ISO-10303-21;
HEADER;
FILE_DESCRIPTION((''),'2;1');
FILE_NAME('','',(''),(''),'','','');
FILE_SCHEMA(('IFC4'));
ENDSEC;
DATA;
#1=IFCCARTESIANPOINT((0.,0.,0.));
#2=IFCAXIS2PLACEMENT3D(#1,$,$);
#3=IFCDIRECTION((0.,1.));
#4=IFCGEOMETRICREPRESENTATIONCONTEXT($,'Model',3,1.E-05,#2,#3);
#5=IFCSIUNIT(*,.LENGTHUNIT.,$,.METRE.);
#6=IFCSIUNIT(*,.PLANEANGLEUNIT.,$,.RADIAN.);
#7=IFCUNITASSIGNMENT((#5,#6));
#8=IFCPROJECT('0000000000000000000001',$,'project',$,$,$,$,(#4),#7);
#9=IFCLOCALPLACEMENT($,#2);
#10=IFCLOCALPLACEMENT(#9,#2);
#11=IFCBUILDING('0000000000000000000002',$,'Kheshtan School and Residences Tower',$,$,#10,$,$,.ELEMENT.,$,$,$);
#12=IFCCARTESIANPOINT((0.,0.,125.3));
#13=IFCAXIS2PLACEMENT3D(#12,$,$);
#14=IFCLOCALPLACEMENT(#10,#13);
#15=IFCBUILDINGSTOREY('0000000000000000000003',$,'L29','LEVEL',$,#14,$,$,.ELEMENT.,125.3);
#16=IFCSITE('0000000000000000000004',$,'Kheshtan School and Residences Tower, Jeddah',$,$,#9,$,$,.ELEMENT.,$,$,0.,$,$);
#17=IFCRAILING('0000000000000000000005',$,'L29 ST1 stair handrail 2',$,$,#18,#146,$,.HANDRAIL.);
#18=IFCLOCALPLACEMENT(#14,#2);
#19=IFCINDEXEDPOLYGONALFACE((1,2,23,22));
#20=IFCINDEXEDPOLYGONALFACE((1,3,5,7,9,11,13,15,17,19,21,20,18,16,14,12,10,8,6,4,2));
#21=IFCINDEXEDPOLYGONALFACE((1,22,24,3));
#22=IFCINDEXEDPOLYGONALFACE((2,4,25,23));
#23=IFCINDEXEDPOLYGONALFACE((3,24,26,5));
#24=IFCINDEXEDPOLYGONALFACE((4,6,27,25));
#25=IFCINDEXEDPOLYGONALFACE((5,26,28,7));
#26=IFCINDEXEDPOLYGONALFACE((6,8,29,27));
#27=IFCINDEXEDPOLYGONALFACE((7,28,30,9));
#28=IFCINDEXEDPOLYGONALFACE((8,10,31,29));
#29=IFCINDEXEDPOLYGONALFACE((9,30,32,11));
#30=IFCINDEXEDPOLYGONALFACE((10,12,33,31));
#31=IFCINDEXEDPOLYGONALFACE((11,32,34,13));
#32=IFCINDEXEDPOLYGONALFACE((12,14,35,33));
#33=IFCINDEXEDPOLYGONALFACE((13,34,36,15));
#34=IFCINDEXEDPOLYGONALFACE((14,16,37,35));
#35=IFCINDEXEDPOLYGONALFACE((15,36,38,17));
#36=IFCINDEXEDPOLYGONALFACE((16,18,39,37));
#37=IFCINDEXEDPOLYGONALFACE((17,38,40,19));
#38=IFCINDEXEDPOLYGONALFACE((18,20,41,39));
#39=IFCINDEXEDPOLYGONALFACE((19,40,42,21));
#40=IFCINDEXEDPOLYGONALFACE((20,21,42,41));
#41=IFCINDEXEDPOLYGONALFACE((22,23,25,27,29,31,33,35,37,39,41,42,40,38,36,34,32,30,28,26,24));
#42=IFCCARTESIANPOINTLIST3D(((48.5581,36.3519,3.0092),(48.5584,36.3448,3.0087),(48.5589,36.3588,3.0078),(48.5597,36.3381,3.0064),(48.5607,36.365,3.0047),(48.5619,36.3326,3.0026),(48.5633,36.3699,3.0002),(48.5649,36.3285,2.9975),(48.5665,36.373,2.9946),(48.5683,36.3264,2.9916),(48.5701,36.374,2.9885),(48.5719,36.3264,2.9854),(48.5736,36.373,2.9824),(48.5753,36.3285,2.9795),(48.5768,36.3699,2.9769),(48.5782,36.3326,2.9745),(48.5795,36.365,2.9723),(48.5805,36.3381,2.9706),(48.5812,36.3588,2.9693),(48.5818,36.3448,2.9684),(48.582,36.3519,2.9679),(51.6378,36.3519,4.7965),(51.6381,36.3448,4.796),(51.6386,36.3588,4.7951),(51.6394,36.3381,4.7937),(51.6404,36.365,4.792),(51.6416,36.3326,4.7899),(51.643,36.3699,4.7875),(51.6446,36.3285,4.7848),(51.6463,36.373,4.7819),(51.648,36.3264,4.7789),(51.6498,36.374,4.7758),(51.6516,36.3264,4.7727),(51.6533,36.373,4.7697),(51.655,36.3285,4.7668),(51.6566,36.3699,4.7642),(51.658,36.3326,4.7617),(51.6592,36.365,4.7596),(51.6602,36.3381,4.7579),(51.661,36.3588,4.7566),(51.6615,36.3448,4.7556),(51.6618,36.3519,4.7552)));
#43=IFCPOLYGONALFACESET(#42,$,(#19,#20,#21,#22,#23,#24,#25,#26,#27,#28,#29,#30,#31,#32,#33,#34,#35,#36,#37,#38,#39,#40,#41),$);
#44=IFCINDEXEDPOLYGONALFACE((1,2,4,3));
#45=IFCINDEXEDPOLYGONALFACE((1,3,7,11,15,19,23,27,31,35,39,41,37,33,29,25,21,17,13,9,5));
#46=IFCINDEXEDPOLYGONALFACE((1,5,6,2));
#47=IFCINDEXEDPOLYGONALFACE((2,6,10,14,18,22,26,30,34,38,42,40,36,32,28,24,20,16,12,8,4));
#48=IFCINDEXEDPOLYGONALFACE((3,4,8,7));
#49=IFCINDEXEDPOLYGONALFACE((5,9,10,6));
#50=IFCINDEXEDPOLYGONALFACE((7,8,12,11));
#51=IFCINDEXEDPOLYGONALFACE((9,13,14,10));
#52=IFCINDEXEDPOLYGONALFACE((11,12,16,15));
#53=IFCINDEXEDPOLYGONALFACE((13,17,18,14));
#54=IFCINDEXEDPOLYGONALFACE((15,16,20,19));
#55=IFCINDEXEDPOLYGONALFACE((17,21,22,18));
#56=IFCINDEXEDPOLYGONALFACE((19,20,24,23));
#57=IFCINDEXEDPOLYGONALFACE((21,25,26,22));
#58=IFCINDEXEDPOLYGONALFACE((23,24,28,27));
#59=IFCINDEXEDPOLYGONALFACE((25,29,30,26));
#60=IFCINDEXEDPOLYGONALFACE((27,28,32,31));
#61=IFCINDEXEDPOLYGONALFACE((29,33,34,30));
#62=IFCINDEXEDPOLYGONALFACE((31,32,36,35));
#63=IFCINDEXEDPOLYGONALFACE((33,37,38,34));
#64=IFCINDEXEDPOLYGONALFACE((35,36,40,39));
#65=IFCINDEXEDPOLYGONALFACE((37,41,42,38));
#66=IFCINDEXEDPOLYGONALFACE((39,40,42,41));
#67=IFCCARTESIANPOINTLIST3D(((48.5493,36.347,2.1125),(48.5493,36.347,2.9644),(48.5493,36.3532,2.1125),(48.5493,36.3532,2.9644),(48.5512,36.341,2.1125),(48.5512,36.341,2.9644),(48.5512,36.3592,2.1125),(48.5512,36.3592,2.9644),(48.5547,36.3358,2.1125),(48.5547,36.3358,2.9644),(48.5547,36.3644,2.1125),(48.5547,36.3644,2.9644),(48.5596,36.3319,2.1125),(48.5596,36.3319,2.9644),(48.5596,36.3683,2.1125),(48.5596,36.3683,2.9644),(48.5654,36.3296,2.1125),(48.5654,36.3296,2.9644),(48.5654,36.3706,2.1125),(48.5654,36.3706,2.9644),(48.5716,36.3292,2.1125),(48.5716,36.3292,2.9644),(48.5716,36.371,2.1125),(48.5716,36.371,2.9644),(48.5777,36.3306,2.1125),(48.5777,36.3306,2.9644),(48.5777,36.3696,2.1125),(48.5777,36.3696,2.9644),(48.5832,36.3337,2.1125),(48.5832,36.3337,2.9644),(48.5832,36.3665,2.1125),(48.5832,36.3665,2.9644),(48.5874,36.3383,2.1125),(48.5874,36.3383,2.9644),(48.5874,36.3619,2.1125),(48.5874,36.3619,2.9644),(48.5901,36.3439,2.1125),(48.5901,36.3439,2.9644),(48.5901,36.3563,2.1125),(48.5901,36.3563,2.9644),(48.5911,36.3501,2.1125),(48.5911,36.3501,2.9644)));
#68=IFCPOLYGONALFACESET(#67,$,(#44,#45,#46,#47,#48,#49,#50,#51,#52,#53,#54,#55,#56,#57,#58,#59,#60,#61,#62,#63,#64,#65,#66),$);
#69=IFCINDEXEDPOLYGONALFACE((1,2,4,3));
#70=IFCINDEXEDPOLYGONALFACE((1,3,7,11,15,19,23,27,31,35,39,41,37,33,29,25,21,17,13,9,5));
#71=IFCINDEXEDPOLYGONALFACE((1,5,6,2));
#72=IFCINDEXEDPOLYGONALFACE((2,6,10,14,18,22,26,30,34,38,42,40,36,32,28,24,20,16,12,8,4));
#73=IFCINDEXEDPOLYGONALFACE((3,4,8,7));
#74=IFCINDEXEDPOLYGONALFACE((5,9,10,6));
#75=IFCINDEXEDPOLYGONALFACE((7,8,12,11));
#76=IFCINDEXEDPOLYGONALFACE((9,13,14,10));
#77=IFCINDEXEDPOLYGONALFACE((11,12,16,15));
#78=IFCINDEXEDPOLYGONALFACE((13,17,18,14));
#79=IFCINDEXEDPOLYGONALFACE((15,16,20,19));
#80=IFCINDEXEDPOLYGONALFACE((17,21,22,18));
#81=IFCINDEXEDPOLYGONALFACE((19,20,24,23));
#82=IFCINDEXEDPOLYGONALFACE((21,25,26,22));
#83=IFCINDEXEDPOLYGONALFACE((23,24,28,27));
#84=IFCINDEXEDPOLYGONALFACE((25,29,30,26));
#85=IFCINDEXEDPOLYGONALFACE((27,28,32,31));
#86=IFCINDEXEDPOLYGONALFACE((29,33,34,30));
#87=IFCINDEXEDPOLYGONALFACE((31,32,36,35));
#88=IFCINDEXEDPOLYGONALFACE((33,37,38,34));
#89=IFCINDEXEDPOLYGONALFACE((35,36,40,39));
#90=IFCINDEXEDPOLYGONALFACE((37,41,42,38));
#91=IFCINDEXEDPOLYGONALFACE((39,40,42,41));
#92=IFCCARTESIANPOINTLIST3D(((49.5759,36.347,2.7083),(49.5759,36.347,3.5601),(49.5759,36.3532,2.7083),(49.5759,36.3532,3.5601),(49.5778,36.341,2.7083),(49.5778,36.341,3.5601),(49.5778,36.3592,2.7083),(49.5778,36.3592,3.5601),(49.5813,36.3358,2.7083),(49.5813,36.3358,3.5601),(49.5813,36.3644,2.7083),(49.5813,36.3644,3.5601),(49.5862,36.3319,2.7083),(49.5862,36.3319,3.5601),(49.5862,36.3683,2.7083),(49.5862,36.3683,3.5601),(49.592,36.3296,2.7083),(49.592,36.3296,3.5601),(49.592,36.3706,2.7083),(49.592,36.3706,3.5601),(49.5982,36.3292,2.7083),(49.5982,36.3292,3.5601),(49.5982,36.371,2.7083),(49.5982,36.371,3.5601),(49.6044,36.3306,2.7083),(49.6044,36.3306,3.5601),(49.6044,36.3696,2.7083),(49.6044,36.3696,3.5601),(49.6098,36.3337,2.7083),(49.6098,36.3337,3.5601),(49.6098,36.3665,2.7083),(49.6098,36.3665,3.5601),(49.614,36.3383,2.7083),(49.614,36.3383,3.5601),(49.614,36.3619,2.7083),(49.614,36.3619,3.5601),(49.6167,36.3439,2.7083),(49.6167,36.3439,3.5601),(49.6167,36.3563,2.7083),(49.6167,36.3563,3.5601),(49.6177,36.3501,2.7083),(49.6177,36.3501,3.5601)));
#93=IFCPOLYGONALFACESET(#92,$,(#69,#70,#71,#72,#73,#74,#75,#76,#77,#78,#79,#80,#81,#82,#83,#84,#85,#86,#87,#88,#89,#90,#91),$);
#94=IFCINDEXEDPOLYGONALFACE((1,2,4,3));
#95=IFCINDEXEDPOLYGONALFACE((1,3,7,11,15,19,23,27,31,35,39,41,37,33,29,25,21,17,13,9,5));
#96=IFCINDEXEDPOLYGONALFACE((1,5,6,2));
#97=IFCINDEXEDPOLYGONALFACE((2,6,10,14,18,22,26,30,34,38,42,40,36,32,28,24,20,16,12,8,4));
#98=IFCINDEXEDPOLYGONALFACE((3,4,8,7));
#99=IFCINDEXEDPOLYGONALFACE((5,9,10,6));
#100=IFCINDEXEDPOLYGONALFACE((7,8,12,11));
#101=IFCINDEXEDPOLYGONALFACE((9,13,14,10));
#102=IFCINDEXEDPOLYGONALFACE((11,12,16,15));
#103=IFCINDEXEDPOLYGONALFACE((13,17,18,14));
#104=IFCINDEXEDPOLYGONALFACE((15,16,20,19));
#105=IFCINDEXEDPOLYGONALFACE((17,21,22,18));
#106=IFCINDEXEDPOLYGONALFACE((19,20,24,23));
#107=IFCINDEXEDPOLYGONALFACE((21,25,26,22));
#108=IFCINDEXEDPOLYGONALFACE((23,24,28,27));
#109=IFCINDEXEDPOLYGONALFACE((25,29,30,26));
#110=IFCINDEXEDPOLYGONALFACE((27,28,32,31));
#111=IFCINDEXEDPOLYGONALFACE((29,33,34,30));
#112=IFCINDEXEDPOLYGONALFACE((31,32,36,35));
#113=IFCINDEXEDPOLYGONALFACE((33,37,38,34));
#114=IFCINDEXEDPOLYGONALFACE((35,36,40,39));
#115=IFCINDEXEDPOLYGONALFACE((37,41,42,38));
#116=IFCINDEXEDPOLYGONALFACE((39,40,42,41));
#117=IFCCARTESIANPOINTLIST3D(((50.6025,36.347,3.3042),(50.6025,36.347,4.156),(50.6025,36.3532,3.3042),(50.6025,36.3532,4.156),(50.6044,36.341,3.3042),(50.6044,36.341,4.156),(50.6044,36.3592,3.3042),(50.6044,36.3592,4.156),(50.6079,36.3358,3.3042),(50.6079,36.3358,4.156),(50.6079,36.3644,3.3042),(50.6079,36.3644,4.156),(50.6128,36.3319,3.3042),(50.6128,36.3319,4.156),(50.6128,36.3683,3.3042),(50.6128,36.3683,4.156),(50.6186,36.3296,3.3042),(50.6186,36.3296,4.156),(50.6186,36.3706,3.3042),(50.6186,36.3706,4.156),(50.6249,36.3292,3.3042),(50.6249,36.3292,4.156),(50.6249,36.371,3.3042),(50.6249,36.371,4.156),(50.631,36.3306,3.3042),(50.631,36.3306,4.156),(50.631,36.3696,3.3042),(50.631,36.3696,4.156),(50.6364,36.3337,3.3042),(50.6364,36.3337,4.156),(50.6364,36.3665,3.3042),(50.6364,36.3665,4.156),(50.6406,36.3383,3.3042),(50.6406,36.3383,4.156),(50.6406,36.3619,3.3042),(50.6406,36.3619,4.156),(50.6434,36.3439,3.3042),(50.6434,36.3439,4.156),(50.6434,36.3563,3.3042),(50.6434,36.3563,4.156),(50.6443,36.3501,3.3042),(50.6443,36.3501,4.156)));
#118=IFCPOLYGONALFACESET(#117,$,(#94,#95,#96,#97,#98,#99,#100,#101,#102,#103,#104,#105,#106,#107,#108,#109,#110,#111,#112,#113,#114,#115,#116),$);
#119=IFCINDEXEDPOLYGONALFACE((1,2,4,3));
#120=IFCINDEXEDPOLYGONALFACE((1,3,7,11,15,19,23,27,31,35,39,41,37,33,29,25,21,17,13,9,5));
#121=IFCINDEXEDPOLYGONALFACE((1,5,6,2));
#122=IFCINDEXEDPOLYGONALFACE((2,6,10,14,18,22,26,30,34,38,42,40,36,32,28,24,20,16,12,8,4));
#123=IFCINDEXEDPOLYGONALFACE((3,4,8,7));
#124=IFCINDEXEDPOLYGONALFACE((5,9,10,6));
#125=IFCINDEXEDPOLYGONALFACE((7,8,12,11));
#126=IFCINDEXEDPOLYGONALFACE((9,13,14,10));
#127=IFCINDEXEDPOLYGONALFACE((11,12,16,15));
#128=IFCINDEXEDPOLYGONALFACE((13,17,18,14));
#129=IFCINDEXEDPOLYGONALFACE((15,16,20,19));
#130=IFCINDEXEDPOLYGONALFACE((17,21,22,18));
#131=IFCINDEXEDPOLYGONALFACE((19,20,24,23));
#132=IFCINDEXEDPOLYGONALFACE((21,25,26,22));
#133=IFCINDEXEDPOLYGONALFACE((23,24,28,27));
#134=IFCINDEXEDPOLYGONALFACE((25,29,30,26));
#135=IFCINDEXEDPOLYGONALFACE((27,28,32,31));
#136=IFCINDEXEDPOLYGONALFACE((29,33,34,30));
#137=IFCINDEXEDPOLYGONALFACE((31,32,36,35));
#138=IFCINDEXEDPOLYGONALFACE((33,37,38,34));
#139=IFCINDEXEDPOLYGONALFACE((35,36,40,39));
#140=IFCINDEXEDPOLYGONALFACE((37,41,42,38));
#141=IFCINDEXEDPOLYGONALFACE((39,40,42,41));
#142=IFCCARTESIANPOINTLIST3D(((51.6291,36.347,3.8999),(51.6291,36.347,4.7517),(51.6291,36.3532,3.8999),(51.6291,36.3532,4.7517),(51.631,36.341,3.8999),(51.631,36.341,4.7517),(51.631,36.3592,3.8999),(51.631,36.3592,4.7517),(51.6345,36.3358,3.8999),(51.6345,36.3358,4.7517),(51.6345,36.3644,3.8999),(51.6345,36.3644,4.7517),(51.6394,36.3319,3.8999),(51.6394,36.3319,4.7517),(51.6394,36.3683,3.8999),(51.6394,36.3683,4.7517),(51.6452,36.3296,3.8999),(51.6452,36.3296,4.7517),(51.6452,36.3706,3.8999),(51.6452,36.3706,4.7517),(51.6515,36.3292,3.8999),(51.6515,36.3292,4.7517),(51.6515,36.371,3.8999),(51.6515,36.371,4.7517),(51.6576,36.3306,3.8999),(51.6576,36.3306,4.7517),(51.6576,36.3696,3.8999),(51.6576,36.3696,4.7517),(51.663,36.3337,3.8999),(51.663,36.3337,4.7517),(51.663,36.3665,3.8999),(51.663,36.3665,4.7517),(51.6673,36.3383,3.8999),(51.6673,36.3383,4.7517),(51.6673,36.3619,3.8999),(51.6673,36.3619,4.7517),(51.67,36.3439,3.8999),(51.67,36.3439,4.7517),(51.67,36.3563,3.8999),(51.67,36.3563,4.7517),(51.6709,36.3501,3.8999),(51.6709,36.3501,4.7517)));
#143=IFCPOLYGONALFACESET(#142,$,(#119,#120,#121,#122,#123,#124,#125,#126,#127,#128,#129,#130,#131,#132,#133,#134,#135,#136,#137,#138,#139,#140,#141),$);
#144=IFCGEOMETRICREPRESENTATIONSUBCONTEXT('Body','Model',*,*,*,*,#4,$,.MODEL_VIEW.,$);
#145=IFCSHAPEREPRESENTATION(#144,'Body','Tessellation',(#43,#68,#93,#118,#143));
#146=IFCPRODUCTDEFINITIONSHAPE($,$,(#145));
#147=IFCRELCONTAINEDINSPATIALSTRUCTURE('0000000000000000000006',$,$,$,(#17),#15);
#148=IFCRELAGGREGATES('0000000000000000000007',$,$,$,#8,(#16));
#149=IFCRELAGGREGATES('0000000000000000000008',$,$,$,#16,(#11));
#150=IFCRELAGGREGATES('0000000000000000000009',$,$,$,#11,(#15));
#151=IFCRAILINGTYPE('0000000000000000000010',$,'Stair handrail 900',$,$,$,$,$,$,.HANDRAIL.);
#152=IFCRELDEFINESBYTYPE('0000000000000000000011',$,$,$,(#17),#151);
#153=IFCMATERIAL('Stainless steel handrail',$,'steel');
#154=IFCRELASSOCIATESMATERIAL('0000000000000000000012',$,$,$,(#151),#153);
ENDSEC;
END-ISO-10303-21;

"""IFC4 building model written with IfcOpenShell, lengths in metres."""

from ifc_helpers import new_model, si_unit, direction, frame, origin, origin_2d, place, context, subcontext, project, spatial, circle, extrude, material, type_object, element, save


model = new_model("IFC4")

# Units and contexts
model_context = context("Model", 3, precision=1e-05, world=origin(), true_north=direction((0.0, 1.0)))
body_context = subcontext(model_context, "Body", "Model", "MODEL_VIEW")
ifc_project = project(units=[si_unit("LENGTHUNIT", "METRE"), si_unit("PLANEANGLEUNIT", "RADIAN")], contexts=[model_context])

# Site, building, storey
site_placement = place(None, origin())
site = spatial("IfcSite", under=ifc_project, at=site_placement, Name="Kheshtan School and Residences Tower, Jeddah", CompositionType="ELEMENT", RefElevation=0.0)
building_placement = place(site_placement, origin())
building = spatial("IfcBuilding", under=site, at=building_placement, Name="Kheshtan School and Residences Tower", CompositionType="ELEMENT")
storey_placement = place(building_placement, frame((0.0, 0.0, 125.3)))
storey = spatial("IfcBuildingStorey", under=building, at=storey_placement, Name="L29", Description="LEVEL", CompositionType="ELEMENT", Elevation=125.3)

# Railing
ifc_material_1 = material(Name="Stainless steel handrail", Category="steel")
railing_type_1 = type_object("IfcRailingType", Name="Stair handrail 900", PredefinedType="HANDRAIL", material=ifc_material_1)
railing_1_placement = place(storey_placement, frame((48.5701, 36.3501, 2.1125)))
element("IfcRailing", 1, at=railing_1_placement, inside=storey, type_object=railing_type_1, Name="L29 ST1 stair handrail 2", PredefinedType="HANDRAIL", context=body_context, shape_type="SweptSolid", body=[
    extrude(circle(Radius=0.0239, at=origin_2d()), frame((0.0, 0.0, 0.876), z_axis=(0.864903, 0.0, 0.501939), x_axis=(0.0, 1.0, 0.0)), (0.0, 0.0, 1.0), 3.5608),
    extrude(circle(Radius=0.021, at=origin_2d()), origin(), (0.0, 0.0, 1.0), 0.8518),
    extrude(circle(Radius=0.021, at=origin_2d()), frame((1.0266, 0.0, 0.5957)), (0.0, 0.0, 1.0), 0.8518),
    extrude(circle(Radius=0.021, at=origin_2d()), frame((2.0532, 0.0, 1.1917)), (0.0, 0.0, 1.0), 0.8518),
    extrude(circle(Radius=0.021, at=origin_2d()), frame((3.0798, 0.0, 1.7874)), (0.0, 0.0, 1.0), 0.8518),
])

save(model, "model.ifc")
